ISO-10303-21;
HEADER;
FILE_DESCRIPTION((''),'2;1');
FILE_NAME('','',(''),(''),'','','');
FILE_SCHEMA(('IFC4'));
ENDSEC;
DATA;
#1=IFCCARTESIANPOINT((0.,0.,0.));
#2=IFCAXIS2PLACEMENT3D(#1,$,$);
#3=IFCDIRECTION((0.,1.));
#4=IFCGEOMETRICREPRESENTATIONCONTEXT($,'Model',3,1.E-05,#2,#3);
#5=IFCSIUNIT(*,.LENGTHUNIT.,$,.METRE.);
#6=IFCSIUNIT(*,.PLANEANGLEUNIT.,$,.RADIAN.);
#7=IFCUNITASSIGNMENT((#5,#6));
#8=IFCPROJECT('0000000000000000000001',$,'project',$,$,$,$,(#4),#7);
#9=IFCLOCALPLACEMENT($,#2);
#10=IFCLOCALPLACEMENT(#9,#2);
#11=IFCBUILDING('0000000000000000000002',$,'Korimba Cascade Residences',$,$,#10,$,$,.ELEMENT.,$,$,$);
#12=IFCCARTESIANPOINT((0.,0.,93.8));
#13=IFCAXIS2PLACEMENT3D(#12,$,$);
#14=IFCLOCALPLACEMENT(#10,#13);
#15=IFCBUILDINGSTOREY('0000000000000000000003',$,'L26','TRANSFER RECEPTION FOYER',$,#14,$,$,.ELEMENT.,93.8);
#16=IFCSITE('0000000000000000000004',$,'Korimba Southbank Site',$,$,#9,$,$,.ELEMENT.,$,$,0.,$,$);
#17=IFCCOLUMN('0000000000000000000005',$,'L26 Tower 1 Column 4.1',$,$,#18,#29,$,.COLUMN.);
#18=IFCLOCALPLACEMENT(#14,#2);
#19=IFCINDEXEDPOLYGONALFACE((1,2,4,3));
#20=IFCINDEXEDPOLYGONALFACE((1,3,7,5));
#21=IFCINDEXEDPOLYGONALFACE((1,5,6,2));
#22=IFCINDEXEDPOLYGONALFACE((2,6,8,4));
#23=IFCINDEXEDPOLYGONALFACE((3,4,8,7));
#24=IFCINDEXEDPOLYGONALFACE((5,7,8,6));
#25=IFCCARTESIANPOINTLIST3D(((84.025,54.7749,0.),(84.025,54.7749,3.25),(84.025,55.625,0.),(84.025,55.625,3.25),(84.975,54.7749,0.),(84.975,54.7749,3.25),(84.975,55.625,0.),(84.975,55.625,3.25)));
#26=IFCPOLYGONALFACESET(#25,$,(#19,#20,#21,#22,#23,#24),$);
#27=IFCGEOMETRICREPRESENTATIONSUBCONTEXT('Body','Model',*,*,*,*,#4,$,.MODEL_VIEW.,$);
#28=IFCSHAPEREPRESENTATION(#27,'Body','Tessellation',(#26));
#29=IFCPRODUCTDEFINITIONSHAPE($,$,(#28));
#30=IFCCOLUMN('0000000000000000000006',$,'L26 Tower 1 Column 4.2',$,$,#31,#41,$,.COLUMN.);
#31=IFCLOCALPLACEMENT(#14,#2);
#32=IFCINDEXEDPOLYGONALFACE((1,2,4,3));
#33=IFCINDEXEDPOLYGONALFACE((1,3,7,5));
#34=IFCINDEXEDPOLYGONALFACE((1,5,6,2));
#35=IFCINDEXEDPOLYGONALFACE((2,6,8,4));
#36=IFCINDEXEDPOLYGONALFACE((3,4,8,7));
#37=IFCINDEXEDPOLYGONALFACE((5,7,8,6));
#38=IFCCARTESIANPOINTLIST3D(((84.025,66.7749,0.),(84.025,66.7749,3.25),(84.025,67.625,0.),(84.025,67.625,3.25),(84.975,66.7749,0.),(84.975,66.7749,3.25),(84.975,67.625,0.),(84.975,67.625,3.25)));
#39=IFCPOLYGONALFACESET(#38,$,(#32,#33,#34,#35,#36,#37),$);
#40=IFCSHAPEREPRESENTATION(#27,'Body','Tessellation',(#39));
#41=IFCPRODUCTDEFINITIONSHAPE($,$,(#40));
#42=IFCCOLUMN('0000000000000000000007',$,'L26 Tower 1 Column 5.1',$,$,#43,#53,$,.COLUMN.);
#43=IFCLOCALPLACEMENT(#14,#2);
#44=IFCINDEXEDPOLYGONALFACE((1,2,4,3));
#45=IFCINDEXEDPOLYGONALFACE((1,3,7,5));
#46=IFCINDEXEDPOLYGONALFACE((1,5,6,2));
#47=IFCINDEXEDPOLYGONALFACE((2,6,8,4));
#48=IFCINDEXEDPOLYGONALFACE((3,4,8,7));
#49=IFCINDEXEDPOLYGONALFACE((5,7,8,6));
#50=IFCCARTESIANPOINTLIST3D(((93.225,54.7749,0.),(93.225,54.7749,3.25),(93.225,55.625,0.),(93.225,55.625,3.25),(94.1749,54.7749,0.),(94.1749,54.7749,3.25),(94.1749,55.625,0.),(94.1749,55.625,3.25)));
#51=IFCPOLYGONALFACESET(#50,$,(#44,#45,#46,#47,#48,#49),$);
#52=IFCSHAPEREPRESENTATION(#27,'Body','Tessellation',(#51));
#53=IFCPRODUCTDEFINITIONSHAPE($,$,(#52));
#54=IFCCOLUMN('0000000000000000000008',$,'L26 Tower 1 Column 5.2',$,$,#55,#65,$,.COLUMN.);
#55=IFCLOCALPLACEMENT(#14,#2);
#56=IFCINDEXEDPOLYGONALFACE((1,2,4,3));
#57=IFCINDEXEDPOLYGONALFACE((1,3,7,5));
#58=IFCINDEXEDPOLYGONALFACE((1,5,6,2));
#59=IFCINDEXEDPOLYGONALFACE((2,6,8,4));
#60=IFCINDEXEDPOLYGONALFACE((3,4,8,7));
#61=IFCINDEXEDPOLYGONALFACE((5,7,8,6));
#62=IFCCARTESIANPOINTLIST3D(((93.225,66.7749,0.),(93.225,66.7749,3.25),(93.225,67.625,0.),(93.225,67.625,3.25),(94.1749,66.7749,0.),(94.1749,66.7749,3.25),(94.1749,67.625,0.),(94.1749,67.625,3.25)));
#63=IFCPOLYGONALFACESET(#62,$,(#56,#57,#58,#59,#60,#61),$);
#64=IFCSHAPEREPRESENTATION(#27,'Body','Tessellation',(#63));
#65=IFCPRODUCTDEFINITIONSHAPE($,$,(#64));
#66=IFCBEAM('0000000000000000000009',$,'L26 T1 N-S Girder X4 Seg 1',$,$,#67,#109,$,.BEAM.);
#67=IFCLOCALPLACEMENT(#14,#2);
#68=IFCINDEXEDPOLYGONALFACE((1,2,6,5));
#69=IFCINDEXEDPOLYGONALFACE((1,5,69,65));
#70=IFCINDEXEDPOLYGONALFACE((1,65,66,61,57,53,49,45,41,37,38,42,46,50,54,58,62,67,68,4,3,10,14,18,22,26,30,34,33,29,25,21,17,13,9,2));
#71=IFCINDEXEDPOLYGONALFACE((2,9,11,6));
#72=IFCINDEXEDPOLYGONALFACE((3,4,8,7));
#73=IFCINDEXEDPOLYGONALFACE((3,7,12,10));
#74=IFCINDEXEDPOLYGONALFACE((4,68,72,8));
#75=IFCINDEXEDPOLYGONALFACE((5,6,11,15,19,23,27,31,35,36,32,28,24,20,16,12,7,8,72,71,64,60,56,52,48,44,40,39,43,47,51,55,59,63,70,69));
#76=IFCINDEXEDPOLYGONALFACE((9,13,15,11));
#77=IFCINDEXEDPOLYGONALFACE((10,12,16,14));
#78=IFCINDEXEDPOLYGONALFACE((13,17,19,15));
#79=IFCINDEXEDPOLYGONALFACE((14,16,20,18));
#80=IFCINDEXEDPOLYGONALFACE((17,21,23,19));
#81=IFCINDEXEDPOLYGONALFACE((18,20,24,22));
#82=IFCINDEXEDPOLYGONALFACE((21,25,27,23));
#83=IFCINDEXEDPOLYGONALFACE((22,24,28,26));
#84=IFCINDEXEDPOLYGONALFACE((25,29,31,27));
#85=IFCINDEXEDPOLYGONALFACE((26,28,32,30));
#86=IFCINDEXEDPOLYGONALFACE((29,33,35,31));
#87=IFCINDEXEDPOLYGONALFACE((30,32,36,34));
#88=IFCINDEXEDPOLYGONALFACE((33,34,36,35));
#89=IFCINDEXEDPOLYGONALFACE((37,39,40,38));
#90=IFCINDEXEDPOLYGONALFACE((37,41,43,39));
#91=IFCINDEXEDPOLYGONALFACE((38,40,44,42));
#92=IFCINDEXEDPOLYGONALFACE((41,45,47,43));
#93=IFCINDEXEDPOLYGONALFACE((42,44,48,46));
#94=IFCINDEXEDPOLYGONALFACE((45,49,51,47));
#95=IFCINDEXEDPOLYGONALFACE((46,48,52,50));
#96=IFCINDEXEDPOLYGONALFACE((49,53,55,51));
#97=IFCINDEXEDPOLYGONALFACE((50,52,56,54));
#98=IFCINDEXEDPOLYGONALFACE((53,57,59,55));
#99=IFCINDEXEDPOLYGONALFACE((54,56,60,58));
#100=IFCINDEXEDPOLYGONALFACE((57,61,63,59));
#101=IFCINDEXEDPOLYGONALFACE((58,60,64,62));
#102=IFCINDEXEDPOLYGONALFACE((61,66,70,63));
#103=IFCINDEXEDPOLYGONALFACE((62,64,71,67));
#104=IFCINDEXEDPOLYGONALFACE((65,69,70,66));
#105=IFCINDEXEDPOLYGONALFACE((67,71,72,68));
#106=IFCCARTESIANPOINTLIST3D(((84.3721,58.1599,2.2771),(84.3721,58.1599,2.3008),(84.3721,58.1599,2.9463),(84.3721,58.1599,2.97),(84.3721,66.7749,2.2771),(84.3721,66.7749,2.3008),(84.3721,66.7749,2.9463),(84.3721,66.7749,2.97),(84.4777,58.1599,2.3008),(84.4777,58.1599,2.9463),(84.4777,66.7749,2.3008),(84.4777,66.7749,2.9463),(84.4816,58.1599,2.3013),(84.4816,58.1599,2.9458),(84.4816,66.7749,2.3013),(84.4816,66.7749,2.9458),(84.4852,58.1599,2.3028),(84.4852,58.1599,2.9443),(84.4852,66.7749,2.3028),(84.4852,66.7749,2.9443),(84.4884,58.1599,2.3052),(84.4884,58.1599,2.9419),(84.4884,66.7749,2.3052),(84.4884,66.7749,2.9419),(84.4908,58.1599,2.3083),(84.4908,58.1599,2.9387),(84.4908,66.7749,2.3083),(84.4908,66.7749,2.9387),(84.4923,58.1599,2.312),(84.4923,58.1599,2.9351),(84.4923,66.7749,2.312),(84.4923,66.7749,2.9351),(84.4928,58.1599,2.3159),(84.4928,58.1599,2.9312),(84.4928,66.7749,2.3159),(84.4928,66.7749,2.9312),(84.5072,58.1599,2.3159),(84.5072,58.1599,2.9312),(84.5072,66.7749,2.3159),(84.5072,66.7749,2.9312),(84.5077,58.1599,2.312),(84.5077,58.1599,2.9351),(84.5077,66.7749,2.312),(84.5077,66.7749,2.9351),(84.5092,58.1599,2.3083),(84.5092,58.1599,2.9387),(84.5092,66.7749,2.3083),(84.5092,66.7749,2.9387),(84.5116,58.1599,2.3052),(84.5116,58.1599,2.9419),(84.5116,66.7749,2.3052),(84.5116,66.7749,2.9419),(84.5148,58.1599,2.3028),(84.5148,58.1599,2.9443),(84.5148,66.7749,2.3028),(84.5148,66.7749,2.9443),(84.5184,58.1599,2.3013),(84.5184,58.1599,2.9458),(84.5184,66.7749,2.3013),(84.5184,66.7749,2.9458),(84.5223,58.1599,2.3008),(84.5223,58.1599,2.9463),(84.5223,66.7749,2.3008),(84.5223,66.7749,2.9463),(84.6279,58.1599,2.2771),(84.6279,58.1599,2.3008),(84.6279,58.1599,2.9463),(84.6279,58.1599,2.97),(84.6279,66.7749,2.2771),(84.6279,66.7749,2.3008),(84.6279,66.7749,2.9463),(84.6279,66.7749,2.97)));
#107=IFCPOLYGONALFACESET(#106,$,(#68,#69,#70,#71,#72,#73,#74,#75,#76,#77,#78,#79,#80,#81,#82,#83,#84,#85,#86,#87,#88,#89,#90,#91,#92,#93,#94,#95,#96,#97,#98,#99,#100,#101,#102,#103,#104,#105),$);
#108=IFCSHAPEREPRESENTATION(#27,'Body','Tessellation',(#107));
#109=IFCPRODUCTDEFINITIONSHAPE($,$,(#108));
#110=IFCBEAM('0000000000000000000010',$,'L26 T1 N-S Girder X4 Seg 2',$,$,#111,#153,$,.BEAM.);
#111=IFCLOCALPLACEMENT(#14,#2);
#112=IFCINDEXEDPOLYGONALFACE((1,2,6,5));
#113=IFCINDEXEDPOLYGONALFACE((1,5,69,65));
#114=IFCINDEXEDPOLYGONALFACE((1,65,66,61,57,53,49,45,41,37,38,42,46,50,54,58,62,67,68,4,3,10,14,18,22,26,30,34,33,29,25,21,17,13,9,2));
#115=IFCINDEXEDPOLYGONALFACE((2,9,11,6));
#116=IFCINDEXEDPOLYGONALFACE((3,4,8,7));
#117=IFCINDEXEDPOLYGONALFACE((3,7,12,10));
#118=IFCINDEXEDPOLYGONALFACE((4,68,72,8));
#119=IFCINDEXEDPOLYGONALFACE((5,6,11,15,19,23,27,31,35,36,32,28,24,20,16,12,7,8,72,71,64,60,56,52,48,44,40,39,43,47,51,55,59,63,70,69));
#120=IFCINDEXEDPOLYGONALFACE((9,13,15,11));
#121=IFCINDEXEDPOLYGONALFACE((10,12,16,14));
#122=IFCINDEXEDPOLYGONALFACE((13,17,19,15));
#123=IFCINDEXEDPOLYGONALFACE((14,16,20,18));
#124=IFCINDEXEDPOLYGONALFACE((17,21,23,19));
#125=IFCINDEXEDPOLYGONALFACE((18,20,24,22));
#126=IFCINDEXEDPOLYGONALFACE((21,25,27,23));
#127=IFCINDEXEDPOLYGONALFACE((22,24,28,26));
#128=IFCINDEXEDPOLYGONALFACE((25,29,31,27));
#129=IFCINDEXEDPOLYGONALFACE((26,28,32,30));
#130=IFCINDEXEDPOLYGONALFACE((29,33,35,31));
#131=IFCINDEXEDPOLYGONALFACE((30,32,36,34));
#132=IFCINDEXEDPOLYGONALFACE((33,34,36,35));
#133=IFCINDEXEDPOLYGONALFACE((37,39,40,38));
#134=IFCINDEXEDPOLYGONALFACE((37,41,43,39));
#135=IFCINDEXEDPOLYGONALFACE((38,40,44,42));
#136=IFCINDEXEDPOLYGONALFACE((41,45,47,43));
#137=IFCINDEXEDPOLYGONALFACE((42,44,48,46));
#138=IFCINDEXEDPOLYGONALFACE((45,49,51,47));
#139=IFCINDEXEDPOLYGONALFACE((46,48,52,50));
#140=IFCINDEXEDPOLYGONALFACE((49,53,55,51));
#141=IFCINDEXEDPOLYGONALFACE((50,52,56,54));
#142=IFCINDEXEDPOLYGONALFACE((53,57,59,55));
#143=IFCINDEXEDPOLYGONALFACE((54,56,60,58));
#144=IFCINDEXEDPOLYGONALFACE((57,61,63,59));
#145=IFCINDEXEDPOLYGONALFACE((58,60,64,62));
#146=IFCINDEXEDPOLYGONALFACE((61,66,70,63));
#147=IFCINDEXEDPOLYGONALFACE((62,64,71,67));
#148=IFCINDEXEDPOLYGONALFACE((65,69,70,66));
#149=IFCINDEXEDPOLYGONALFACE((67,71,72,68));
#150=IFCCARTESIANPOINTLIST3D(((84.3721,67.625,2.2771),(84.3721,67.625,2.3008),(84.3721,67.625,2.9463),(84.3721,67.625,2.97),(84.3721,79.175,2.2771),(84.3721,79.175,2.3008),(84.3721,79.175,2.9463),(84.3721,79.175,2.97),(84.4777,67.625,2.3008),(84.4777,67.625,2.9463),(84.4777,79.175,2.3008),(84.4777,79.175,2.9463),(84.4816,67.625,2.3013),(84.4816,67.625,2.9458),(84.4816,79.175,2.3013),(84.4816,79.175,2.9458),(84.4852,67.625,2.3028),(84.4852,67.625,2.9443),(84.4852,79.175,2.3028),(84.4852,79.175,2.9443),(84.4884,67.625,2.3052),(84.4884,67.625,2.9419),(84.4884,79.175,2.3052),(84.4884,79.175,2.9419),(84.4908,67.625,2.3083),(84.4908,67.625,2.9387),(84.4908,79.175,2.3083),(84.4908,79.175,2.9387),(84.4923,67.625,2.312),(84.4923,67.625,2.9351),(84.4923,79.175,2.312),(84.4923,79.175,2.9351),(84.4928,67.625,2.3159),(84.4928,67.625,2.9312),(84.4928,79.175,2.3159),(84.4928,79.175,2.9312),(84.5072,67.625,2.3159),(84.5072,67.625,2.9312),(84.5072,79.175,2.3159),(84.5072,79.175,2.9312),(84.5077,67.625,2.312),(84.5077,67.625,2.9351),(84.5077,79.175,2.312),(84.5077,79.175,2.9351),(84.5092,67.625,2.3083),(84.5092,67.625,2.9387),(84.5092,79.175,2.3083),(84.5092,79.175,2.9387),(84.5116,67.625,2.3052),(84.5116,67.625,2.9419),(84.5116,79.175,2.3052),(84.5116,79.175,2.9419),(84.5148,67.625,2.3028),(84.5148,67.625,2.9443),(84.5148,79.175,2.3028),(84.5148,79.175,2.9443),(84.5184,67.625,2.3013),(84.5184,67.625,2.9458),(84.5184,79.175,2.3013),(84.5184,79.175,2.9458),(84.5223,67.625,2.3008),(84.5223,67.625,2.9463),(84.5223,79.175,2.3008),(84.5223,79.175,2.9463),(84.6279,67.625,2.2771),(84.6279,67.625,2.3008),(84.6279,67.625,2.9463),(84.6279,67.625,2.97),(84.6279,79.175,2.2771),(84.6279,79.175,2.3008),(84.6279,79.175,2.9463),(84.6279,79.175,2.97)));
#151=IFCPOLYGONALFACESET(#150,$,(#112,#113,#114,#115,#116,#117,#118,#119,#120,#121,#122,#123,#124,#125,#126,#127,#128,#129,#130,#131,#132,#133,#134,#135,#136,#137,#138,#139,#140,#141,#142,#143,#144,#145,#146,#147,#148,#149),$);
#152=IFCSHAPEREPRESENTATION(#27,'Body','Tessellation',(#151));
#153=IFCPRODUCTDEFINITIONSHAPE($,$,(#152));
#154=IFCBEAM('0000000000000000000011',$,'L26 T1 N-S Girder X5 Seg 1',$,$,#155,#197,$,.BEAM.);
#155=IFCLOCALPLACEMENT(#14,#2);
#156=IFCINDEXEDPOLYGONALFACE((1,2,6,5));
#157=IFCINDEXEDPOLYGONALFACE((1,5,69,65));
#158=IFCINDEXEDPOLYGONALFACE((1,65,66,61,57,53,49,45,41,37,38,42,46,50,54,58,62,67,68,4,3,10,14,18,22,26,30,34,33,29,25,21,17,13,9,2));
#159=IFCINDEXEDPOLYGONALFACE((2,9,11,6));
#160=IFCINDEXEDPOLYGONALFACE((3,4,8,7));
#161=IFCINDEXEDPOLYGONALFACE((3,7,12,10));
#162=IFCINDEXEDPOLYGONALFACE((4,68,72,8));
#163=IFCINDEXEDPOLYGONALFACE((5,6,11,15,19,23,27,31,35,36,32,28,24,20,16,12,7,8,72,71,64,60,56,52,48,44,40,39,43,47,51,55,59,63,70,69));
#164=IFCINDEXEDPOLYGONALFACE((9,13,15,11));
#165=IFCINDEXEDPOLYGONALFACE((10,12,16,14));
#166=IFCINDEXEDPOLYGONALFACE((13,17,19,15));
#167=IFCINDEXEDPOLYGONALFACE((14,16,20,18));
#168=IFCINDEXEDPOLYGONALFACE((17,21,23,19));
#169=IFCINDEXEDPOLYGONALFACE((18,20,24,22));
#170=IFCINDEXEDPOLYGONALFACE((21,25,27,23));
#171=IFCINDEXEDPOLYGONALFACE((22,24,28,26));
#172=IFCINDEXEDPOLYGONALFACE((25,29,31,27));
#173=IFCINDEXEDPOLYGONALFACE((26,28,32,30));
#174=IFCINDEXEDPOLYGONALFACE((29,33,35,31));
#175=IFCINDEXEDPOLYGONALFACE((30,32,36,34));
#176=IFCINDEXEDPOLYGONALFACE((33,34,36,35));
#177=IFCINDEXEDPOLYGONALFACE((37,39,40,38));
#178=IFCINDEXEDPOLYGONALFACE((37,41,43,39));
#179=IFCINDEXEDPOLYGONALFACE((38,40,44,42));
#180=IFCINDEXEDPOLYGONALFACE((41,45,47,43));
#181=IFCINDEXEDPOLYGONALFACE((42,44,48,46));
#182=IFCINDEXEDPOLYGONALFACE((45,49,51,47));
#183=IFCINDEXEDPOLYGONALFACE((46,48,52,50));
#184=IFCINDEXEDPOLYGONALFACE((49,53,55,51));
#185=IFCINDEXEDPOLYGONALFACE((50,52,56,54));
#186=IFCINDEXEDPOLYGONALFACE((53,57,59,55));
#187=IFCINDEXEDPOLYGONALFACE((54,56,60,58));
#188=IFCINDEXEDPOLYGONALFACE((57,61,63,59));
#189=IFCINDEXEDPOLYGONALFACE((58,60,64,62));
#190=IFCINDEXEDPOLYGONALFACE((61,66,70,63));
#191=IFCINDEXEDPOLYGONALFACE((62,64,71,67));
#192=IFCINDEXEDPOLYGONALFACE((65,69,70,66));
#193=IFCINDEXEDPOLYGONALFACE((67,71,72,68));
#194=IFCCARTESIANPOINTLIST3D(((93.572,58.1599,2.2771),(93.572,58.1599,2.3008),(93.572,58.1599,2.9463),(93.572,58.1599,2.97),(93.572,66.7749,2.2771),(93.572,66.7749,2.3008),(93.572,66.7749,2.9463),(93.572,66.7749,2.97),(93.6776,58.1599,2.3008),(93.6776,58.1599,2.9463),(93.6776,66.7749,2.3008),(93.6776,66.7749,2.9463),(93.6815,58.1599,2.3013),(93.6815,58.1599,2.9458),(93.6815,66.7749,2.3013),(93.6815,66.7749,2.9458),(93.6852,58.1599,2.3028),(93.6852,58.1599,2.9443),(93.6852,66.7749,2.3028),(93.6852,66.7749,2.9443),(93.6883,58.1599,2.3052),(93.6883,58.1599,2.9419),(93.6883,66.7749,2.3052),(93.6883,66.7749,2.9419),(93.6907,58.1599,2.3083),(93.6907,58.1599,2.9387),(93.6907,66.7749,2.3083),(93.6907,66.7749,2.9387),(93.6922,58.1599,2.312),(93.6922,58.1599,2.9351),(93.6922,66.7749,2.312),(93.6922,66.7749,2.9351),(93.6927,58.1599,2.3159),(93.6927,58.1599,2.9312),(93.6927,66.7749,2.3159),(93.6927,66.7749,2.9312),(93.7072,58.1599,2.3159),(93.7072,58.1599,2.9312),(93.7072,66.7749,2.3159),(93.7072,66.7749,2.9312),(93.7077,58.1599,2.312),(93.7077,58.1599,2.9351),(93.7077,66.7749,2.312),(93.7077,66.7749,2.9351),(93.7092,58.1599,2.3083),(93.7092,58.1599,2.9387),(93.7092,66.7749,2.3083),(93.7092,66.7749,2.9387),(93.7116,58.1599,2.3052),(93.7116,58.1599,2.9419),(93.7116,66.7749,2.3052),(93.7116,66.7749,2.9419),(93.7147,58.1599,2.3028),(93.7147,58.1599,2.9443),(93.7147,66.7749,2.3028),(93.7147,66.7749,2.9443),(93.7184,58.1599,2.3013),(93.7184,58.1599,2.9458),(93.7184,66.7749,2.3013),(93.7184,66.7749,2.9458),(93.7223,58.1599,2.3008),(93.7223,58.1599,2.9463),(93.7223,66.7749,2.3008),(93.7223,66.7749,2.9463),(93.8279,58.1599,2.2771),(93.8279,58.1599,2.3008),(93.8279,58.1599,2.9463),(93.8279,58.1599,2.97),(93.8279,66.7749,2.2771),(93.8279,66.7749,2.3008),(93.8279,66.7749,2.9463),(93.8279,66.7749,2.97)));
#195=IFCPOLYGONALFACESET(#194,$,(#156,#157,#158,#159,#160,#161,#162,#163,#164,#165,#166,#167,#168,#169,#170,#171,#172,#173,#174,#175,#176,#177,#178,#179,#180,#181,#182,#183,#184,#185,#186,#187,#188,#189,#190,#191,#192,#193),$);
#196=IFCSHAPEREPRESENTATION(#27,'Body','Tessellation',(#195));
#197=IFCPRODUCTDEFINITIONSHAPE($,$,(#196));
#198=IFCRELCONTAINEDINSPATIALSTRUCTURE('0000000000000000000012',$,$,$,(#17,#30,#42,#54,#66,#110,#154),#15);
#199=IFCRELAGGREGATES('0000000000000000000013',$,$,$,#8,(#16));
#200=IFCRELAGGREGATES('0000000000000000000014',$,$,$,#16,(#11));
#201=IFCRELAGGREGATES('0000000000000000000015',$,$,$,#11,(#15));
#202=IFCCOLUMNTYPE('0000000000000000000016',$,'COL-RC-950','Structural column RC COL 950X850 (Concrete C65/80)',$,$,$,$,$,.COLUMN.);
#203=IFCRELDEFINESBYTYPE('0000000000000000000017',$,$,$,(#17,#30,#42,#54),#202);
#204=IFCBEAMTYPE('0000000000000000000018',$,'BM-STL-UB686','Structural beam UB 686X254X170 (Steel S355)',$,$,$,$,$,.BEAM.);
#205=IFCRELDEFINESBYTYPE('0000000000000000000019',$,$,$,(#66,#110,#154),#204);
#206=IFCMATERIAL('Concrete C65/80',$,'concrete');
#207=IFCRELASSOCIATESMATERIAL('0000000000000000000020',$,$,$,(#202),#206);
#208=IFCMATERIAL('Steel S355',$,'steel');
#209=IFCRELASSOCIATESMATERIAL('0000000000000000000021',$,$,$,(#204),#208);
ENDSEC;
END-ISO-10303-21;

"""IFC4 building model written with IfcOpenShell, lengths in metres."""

from ifc_helpers import new_model, si_unit, direction, frame, origin, origin_2d, place, context, subcontext, project, spatial, rectangle, i_section, extrude, material, material_profile, profile_set, type_object, element, save


model = new_model("IFC4")

# Units and contexts
model_context = context("Model", 3, precision=1e-05, world=origin(), true_north=direction((0.0, 1.0)))
body_context = subcontext(model_context, "Body", "Model", "MODEL_VIEW")
ifc_project = project(units=[si_unit("LENGTHUNIT", "METRE"), si_unit("PLANEANGLEUNIT", "RADIAN")], contexts=[model_context])

# Site, building, storey
site_placement = place(None, origin())
site = spatial("IfcSite", under=ifc_project, at=site_placement, Name="Korimba Southbank Site", CompositionType="ELEMENT", RefElevation=0.0)
building_placement = place(site_placement, origin())
building = spatial("IfcBuilding", under=site, at=building_placement, Name="Korimba Cascade Residences", CompositionType="ELEMENT")
storey_placement = place(building_placement, frame((0.0, 0.0, 93.8)))
storey = spatial("IfcBuildingStorey", under=building, at=storey_placement, Name="L26", Description="TRANSFER RECEPTION FOYER", CompositionType="ELEMENT", Elevation=93.8)

# Columns
ifc_material_1 = material(Name="Concrete C65/80", Category="concrete")
ifc_material_profile_1 = material_profile(ifc_material_1, rectangle(XDim=0.95, YDim=0.8501, at=origin_2d()), Name="Concrete C65/80")
ifc_profile_set_1 = profile_set([ifc_material_profile_1], Name="Concrete C65/80")
column_type = type_object("IfcColumnType", Name="COL-RC-950", Description="Structural column RC COL 950X850 (Concrete C65/80)", PredefinedType="COLUMN", material=ifc_profile_set_1)
for number, where, z_axis, x_axis, name in (
    (1, (84.5, 55.2, 0.0), (0.0, 0.0, 1.0), (1.0, 0.0, 0.0), "L26 Tower 1 Column 4.1"),
    (2, (84.5, 67.2, 0.0), (0.0, 0.0, 1.0), (1.0, 0.0, 0.0), "L26 Tower 1 Column 4.2"),
    (3, (93.7, 55.2, 0.0), (0.0, 0.0, 1.0), (1.0, 0.0, 0.0), "L26 Tower 1 Column 5.1"),
    (4, (93.7, 67.2, 0.0), (0.0, 0.0, 1.0), (1.0, 0.0, 0.0), "L26 Tower 1 Column 5.2"),
):
    element("IfcColumn", number, at=place(storey_placement, frame(where, z_axis=z_axis, x_axis=x_axis)), inside=storey, type_object=column_type, Name=name, PredefinedType="COLUMN", context=body_context, shape_type="SweptSolid", body=[
        extrude(rectangle(XDim=0.95, YDim=0.8501, at=origin_2d()), origin(), (0.0, 0.0, 1.0), 3.25),
    ])

# Beams
ifc_material_2 = material(Name="Steel S355", Category="steel")
ifc_material_profile_2 = material_profile(ifc_material_2, i_section(OverallWidth=0.2559, OverallDepth=0.6929, WebThickness=0.0144, FlangeThickness=0.0237, FilletRadius=0.0151, at=origin_2d()), Name="Steel S355")
ifc_profile_set_2 = profile_set([ifc_material_profile_2], Name="Steel S355")
beam_type = type_object("IfcBeamType", Name="BM-STL-UB686", Description="Structural beam UB 686X254X170 (Steel S355)", PredefinedType="BEAM", material=ifc_profile_set_2)
beam_1_placement = place(storey_placement, frame((84.5, 58.1599, 2.6235), z_axis=(0.0, 1.0, 0.0), x_axis=(-1.0, 0.0, 0.0)))
element("IfcBeam", 5, at=beam_1_placement, inside=storey, type_object=beam_type, Name="L26 T1 N-S Girder X4 Seg 1", PredefinedType="BEAM", context=body_context, shape_type="SweptSolid", body=[
    extrude(i_section(OverallWidth=0.2559, OverallDepth=0.6929, WebThickness=0.0144, FlangeThickness=0.0237, FilletRadius=0.0151, at=origin_2d()), origin(), (0.0, 0.0, 1.0), 8.615),
])
beam_2_placement = place(storey_placement, frame((84.5, 67.625, 2.6235), z_axis=(0.0, 1.0, 0.0), x_axis=(-1.0, 0.0, 0.0)))
element("IfcBeam", 6, at=beam_2_placement, inside=storey, type_object=beam_type, Name="L26 T1 N-S Girder X4 Seg 2", PredefinedType="BEAM", context=body_context, shape_type="SweptSolid", body=[
    extrude(i_section(OverallWidth=0.2559, OverallDepth=0.6929, WebThickness=0.0144, FlangeThickness=0.0237, FilletRadius=0.0151, at=origin_2d()), origin(), (0.0, 0.0, 1.0), 11.55),
])
beam_3_placement = place(storey_placement, frame((93.7, 58.1599, 2.6235), z_axis=(0.0, 1.0, 0.0), x_axis=(-1.0, 0.0, 0.0)))
element("IfcBeam", 7, at=beam_3_placement, inside=storey, type_object=beam_type, Name="L26 T1 N-S Girder X5 Seg 1", PredefinedType="BEAM", context=body_context, shape_type="SweptSolid", body=[
    extrude(i_section(OverallWidth=0.2559, OverallDepth=0.6929, WebThickness=0.0144, FlangeThickness=0.0237, FilletRadius=0.0151, at=origin_2d()), origin(), (0.0, 0.0, 1.0), 8.615),
])

save(model, "model.ifc")
